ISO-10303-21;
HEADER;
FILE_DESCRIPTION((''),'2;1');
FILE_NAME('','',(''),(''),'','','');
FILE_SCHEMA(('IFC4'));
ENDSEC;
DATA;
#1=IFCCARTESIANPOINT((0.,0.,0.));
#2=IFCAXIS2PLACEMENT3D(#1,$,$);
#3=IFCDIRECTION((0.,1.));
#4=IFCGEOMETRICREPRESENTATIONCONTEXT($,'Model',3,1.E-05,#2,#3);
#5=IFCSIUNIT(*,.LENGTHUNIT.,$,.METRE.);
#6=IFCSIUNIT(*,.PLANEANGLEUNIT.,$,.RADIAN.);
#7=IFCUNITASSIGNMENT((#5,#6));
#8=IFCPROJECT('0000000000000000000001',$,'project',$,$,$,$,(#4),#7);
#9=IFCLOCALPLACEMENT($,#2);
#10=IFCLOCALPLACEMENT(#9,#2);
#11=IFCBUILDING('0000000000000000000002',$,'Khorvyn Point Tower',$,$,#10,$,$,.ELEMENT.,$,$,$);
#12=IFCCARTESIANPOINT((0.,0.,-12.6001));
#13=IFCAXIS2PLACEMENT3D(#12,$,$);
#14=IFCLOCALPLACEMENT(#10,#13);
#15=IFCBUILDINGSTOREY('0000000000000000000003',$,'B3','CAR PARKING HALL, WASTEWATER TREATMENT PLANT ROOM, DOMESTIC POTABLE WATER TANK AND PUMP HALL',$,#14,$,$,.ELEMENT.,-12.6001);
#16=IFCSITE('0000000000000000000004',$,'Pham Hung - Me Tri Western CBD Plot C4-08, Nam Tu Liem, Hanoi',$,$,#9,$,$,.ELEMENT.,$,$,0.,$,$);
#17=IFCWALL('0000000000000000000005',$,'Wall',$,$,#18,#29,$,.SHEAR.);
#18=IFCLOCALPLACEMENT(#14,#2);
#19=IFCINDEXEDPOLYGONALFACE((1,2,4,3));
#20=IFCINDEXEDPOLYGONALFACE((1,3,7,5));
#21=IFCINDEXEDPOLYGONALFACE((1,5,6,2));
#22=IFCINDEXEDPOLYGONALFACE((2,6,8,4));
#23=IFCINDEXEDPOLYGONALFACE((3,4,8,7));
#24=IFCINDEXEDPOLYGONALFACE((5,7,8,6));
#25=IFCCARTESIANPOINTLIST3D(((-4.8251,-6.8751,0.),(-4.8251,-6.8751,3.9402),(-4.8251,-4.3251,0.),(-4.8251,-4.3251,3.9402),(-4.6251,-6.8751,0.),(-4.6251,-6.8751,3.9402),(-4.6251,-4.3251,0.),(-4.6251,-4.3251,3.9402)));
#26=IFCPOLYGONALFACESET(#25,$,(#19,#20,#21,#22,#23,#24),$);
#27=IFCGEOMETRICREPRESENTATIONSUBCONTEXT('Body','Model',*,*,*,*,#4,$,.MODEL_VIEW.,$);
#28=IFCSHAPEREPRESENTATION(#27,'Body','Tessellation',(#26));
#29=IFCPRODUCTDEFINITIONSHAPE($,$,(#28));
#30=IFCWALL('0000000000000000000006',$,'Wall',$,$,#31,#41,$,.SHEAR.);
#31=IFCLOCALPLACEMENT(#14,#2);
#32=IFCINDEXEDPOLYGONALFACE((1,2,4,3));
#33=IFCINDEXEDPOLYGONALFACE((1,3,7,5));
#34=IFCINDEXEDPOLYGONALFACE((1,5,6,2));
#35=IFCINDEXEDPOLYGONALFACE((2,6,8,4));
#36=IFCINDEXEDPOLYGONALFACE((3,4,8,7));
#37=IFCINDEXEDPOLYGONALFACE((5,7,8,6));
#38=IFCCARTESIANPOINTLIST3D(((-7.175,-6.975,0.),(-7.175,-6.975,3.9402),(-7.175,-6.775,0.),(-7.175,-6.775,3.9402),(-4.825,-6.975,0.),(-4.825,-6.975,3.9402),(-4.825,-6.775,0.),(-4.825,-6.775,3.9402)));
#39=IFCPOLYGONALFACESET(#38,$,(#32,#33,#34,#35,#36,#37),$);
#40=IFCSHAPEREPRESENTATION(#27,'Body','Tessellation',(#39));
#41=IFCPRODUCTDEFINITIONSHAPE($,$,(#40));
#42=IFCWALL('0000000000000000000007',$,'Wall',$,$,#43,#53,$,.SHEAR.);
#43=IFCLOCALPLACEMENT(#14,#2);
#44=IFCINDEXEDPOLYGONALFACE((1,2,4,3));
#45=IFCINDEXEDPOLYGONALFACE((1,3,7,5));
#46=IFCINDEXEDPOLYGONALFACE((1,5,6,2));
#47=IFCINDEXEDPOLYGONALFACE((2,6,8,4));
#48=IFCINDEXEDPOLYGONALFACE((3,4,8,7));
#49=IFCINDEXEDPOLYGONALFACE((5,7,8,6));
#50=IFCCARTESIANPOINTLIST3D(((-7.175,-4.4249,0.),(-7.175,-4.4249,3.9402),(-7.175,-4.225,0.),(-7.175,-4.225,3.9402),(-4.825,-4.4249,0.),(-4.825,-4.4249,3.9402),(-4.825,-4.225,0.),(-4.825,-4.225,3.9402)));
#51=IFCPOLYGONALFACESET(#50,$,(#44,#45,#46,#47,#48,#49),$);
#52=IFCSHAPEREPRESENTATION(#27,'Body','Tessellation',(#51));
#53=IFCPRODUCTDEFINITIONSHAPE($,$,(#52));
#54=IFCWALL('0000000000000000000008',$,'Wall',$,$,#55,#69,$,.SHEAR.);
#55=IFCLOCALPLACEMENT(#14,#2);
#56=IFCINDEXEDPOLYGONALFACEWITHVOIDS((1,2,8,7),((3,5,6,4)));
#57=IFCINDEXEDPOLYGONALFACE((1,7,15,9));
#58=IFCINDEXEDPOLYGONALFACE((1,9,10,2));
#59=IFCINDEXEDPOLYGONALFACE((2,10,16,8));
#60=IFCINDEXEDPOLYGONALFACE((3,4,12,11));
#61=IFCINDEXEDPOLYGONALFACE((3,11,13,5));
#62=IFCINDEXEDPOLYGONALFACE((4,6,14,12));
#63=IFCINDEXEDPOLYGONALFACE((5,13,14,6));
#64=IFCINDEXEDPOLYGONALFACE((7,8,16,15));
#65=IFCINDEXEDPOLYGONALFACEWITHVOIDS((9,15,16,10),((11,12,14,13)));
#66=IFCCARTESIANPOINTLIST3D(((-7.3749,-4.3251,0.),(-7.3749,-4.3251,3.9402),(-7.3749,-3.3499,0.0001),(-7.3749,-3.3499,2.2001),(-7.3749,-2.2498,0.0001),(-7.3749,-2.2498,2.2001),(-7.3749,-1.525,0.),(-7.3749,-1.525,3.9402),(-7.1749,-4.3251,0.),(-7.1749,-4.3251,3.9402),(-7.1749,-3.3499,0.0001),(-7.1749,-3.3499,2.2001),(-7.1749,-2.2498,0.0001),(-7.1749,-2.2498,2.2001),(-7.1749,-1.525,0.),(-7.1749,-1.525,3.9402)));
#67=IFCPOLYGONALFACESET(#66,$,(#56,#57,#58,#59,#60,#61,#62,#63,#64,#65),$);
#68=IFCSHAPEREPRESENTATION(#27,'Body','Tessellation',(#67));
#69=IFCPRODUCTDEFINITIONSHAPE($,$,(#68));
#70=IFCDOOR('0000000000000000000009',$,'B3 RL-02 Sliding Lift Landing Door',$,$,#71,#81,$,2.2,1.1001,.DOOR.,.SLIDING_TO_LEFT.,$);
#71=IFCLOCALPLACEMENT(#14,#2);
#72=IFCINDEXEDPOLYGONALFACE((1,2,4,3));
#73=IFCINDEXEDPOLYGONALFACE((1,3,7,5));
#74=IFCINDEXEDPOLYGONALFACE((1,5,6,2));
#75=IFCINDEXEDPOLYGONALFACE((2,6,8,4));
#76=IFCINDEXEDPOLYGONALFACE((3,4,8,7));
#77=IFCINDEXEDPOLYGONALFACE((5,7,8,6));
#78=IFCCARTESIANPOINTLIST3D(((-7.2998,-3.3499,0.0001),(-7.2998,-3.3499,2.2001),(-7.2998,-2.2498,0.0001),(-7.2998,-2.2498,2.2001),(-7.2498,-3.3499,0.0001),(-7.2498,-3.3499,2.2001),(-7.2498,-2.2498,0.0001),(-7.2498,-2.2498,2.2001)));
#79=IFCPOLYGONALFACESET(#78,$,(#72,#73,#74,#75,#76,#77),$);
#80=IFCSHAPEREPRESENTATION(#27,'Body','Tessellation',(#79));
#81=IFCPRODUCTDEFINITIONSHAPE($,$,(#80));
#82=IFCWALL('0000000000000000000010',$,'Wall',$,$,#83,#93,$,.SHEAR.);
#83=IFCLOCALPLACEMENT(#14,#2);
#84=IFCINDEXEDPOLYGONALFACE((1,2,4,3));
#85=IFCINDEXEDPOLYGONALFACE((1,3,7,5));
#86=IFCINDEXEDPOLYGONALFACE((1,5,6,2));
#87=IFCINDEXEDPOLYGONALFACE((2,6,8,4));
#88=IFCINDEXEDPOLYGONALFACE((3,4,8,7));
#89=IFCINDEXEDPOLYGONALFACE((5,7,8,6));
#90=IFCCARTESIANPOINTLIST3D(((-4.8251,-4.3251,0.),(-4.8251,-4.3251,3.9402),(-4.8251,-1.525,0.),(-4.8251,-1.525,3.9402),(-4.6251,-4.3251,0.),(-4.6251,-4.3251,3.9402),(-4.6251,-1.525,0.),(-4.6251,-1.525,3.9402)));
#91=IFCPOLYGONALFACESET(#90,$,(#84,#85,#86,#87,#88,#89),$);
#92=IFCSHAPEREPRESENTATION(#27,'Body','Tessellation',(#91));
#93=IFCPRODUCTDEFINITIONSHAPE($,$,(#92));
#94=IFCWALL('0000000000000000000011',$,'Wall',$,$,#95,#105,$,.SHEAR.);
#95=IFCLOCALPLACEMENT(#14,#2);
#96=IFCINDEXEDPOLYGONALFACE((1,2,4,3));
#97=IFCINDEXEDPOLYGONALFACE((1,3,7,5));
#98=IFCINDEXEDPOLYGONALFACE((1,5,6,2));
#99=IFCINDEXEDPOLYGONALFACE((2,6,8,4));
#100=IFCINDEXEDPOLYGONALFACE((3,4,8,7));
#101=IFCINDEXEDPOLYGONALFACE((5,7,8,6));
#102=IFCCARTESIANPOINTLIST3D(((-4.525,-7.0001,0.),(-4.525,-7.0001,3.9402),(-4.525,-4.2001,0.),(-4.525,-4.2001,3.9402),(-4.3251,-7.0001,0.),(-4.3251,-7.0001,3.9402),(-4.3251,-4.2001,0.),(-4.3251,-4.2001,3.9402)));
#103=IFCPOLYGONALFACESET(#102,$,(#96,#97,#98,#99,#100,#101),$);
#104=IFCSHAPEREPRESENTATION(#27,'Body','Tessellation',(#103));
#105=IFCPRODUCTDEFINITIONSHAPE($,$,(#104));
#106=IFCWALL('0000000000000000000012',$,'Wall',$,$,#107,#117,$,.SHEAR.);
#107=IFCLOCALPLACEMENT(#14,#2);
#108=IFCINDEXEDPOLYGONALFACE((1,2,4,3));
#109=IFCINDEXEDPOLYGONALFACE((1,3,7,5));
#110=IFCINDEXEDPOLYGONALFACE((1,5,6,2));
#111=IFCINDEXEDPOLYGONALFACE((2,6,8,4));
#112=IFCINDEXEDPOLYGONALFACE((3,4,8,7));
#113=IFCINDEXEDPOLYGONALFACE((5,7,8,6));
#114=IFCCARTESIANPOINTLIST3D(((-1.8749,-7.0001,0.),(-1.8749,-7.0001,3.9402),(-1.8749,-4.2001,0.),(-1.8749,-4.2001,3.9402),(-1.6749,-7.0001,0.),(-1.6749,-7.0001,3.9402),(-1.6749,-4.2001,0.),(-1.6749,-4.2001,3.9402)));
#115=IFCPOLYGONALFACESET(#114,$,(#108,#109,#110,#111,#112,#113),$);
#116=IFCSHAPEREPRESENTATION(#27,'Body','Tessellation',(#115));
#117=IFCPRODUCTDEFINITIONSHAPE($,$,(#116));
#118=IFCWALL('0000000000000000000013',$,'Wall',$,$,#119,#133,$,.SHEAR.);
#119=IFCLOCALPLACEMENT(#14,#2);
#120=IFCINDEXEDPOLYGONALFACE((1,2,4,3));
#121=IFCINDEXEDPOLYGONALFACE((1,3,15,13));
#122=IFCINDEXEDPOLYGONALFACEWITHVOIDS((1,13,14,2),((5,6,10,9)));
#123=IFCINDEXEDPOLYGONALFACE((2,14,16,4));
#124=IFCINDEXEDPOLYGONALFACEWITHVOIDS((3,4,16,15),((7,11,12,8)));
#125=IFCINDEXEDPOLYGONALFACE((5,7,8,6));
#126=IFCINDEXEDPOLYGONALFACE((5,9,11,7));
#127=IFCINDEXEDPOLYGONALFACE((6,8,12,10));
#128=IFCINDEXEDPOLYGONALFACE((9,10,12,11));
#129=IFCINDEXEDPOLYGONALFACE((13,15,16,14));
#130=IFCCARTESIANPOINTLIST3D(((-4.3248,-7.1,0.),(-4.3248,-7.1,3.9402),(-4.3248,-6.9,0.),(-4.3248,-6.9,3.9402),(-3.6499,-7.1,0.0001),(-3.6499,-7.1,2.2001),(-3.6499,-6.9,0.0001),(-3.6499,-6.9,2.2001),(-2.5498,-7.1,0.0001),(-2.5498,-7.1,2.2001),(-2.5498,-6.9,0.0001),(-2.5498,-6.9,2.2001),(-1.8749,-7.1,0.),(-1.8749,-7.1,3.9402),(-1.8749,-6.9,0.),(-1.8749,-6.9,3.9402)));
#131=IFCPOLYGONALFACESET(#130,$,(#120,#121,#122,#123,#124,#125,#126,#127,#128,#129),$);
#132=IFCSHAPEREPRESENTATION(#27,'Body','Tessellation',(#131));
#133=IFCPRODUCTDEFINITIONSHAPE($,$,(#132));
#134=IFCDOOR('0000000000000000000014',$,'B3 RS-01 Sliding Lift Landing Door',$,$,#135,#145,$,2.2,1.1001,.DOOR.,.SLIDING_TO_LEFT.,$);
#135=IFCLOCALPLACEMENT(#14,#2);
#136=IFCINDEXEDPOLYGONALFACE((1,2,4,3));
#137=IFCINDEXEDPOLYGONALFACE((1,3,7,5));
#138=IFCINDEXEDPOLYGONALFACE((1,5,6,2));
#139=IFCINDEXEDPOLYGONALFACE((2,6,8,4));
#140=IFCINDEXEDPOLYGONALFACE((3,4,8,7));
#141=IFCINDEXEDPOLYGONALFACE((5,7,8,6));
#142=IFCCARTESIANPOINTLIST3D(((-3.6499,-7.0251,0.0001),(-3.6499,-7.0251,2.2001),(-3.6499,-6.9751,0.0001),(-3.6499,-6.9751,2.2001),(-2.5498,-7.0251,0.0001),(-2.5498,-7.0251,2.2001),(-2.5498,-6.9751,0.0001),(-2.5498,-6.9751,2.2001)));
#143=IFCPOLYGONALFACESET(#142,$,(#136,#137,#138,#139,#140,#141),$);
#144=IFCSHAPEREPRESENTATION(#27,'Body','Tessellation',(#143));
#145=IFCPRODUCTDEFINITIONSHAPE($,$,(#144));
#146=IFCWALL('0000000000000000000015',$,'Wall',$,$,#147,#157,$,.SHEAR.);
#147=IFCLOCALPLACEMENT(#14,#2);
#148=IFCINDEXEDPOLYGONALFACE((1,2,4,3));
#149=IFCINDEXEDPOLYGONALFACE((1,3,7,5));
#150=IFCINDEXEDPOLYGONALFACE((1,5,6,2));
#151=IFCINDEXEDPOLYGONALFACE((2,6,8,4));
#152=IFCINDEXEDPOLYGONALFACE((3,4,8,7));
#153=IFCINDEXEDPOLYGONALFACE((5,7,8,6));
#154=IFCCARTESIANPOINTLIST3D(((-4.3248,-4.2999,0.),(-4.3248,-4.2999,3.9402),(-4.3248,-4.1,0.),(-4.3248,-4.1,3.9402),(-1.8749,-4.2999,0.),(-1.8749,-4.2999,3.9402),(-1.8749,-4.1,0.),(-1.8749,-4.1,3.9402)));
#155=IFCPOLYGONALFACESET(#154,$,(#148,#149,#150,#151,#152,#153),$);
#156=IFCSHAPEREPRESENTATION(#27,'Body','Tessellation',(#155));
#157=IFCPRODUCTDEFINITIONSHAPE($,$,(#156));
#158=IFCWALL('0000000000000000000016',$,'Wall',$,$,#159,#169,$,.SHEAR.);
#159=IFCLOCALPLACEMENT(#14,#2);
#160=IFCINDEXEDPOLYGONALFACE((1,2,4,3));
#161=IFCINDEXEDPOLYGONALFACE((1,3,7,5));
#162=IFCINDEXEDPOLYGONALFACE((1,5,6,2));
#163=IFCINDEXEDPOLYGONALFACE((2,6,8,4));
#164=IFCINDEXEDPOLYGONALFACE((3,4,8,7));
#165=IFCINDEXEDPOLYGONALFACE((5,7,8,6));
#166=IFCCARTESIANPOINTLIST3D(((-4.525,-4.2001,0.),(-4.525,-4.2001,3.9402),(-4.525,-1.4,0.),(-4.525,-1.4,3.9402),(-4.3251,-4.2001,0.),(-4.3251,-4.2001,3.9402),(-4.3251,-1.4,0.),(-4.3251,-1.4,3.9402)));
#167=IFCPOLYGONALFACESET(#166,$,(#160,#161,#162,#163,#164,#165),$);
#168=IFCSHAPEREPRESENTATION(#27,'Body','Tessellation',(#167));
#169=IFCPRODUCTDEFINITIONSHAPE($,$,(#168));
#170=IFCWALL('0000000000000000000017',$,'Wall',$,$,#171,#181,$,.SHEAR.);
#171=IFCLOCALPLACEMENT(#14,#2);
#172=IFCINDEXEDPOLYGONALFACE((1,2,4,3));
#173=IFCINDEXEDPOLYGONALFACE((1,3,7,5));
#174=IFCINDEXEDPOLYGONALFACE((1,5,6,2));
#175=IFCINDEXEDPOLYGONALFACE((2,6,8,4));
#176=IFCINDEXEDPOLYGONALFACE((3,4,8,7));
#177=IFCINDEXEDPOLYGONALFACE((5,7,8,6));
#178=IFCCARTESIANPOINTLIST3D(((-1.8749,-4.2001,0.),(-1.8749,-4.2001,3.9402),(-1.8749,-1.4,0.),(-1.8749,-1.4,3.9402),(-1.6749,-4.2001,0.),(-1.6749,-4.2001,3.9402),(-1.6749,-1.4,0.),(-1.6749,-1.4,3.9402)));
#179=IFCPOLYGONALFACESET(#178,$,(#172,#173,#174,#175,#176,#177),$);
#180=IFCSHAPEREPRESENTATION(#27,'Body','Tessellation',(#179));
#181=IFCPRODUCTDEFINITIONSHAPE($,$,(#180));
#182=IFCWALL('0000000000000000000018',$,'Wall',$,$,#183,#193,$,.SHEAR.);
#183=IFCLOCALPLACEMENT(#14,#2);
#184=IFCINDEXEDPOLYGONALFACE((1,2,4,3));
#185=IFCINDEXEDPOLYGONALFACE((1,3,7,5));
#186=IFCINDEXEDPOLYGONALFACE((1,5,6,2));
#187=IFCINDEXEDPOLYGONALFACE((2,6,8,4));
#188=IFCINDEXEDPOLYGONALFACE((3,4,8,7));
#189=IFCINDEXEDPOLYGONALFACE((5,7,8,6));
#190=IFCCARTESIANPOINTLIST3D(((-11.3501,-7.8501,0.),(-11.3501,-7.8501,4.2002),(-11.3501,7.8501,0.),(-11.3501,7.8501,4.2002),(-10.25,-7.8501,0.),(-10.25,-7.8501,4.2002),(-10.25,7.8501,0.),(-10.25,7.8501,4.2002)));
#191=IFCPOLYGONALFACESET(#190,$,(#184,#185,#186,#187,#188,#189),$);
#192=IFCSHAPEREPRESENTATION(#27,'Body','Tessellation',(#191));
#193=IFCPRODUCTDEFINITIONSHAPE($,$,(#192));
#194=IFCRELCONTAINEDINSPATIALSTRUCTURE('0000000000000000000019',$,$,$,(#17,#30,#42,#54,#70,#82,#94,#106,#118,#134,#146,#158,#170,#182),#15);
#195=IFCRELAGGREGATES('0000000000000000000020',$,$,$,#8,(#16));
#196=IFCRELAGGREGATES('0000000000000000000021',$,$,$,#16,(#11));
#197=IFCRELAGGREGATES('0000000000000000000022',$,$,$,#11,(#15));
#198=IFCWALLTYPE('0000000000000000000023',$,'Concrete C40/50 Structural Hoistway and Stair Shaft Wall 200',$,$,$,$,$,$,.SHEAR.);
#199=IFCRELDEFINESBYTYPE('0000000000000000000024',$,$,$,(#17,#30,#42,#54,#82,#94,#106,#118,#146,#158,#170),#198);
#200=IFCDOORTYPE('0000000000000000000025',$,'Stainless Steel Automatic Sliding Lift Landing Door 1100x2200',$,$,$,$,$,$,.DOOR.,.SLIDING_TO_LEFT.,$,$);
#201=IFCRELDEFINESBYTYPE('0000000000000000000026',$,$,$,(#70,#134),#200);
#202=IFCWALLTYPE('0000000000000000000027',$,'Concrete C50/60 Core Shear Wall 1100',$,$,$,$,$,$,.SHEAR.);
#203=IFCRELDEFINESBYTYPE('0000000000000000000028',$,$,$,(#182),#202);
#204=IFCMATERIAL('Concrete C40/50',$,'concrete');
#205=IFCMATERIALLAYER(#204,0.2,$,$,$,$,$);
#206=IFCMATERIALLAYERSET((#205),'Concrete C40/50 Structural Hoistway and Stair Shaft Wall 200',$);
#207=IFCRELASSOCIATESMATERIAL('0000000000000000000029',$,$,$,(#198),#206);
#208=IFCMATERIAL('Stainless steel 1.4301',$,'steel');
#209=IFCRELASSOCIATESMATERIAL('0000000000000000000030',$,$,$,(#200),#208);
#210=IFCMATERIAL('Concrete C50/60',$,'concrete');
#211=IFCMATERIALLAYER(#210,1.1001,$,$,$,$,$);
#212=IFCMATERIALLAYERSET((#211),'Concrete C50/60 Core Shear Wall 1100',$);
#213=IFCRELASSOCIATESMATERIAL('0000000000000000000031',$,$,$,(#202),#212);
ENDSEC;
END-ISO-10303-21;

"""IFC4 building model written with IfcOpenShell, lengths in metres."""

from ifc_helpers import new_model, si_unit, direction, frame, frame_2d, origin, place, context, subcontext, project, spatial, rectangle, extrude, material, layer, layer_set, type_object, element, fill, save


model = new_model("IFC4")

# Units and contexts
model_context = context("Model", 3, precision=1e-05, world=origin(), true_north=direction((0.0, 1.0)))
body_context = subcontext(model_context, "Body", "Model", "MODEL_VIEW")
ifc_project = project(units=[si_unit("LENGTHUNIT", "METRE"), si_unit("PLANEANGLEUNIT", "RADIAN")], contexts=[model_context])

# Site, building, storey
site_placement = place(None, origin())
site = spatial("IfcSite", under=ifc_project, at=site_placement, Name="Pham Hung - Me Tri Western CBD Plot C4-08, Nam Tu Liem, Hanoi", CompositionType="ELEMENT", RefElevation=0.0)
building_placement = place(site_placement, origin())
building = spatial("IfcBuilding", under=site, at=building_placement, Name="Khorvyn Point Tower", CompositionType="ELEMENT")
storey_placement = place(building_placement, frame((0.0, 0.0, -12.6001)))
storey = spatial("IfcBuildingStorey", under=building, at=storey_placement, Name="B3", Description="CAR PARKING HALL, WASTEWATER TREATMENT PLANT ROOM, DOMESTIC POTABLE WATER TANK AND PUMP HALL", CompositionType="ELEMENT", Elevation=-12.6001)

# Shared definitions
ifc_material_1 = material(Name="Concrete C40/50", Category="concrete")

# Shared definitions
ifc_layer_1 = layer(ifc_material_1, 0.2)
ifc_layer_set_1 = layer_set([ifc_layer_1], Name="Concrete C40/50 Structural Hoistway and Stair Shaft Wall 200")
wall_type_1 = type_object("IfcWallType", Name="Concrete C40/50 Structural Hoistway and Stair Shaft Wall 200", PredefinedType="SHEAR", material=ifc_layer_set_1)
ifc_material_2 = material(Name="Stainless steel 1.4301", Category="steel")
door_type = type_object("IfcDoorType", Name="Stainless Steel Automatic Sliding Lift Landing Door 1100x2200", OperationType="SLIDING_TO_LEFT", PredefinedType="DOOR", material=ifc_material_2)

# Walls
wall_1_placement = place(storey_placement, frame((-4.7251, -6.875, 0.0), z_axis=(0.0, 0.0, 1.0), x_axis=(0.0, 1.0, 0.0)))
element("IfcWall", 1, at=wall_1_placement, inside=storey, type_object=wall_type_1, Name="Wall", PredefinedType="SHEAR", context=body_context, shape_type="SweptSolid", body=[
    extrude(rectangle(XDim=2.55, YDim=0.2, at=frame_2d((1.2749, 0.0))), origin(), (0.0, 0.0, 1.0), 3.9402),
])
for number, where, z_axis, x_axis, name in (
    (2, (-7.175, -6.875, 0.0), (0.0, 0.0, 1.0), (1.0, 0.0, 0.0), "Wall"),
    (3, (-7.175, -4.325, 0.0), (0.0, 0.0, 1.0), (1.0, 0.0, 0.0), "Wall"),
):
    element("IfcWall", number, at=place(storey_placement, frame(where, z_axis=z_axis, x_axis=x_axis)), inside=storey, type_object=wall_type_1, Name=name, PredefinedType="SHEAR", context=body_context, shape_type="SweptSolid", body=[
        extrude(rectangle(XDim=2.3501, YDim=0.2, at=frame_2d((1.175, 0.0))), origin(), (0.0, 0.0, 1.0), 3.9402),
    ])

# Wall, opening, door
wall_2_placement = place(storey_placement, frame((-7.2749, -4.325, 0.0), z_axis=(0.0, 0.0, 1.0), x_axis=(0.0, 1.0, 0.0)))
wall_2 = element("IfcWall", 4, at=wall_2_placement, inside=storey, type_object=wall_type_1, Name="Wall", PredefinedType="SHEAR", context=body_context, shape_type="SweptSolid", body=[
    extrude(rectangle(XDim=2.8, YDim=0.2, at=frame_2d((1.3999, 0.0))), origin(), (0.0, 0.0, 1.0), 3.9402),
])
opening_1_placement = place(wall_2_placement, frame((0.9751, 0.0, 0.0)))
opening_1 = element("IfcOpeningElement", 5, at=opening_1_placement, cuts=wall_2, PredefinedType="OPENING", context=body_context, shape_type="SweptSolid", body=[
    extrude(rectangle(XDim=1.1001, YDim=2.2, at=frame_2d((0.55, 1.1001))), frame((0.0, 0.1099, 0.0), z_axis=(0.0, -1.0, 0.0), x_axis=(1.0, 0.0, 0.0)), (0.0, 0.0, 1.0), 0.22),
])
door_1_placement = place(opening_1_placement, origin())
door_1 = element("IfcDoor", 6, at=door_1_placement, inside=storey, type_object=door_type, Name="B3 RL-02 Sliding Lift Landing Door", OperationType="SLIDING_TO_LEFT", OverallHeight=2.2, OverallWidth=1.1001, PredefinedType="DOOR", context=body_context, shape_type="SweptSolid", body=[
    extrude(rectangle(XDim=1.1001, YDim=2.2, at=frame_2d((0.55, 1.1001))), frame((0.0, 0.0249, 0.0), z_axis=(0.0, -1.0, 0.0), x_axis=(1.0, 0.0, 0.0)), (0.0, 0.0, 1.0), 0.05),
])
fill(opening_1, door_1)

# Walls
for number, where, z_axis, x_axis, name in (
    (7, (-4.7251, -4.325, 0.0), (0.0, 0.0, 1.0), (0.0, 1.0, 0.0), "Wall"),
    (8, (-4.425, -7.0, 0.0), (0.0, 0.0, 1.0), (0.0, 1.0, 0.0), "Wall"),
    (9, (-1.7749, -7.0, 0.0), (0.0, 0.0, 1.0), (0.0, 1.0, 0.0), "Wall"),
):
    element("IfcWall", number, at=place(storey_placement, frame(where, z_axis=z_axis, x_axis=x_axis)), inside=storey, type_object=wall_type_1, Name=name, PredefinedType="SHEAR", context=body_context, shape_type="SweptSolid", body=[
        extrude(rectangle(XDim=2.8, YDim=0.2, at=frame_2d((1.3999, 0.0))), origin(), (0.0, 0.0, 1.0), 3.9402),
    ])

# Wall, opening, door
wall_3_placement = place(storey_placement, frame((-4.325, -7.0, 0.0), z_axis=(0.0, 0.0, 1.0), x_axis=(1.0, 0.0, 0.0)))
wall_3 = element("IfcWall", 10, at=wall_3_placement, inside=storey, type_object=wall_type_1, Name="Wall", PredefinedType="SHEAR", context=body_context, shape_type="SweptSolid", body=[
    extrude(rectangle(XDim=2.45, YDim=0.2, at=frame_2d((1.2251, 0.0))), origin(), (0.0, 0.0, 1.0), 3.9402),
])
opening_2_placement = place(wall_3_placement, frame((0.675, 0.0, 0.0)))
opening_2 = element("IfcOpeningElement", 11, at=opening_2_placement, cuts=wall_3, PredefinedType="OPENING", context=body_context, shape_type="SweptSolid", body=[
    extrude(rectangle(XDim=1.1001, YDim=2.2, at=frame_2d((0.55, 1.1001))), frame((0.0, 0.1099, 0.0), z_axis=(0.0, -1.0, 0.0), x_axis=(1.0, 0.0, 0.0)), (0.0, 0.0, 1.0), 0.22),
])
door_2_placement = place(opening_2_placement, origin())
door_2 = element("IfcDoor", 12, at=door_2_placement, inside=storey, type_object=door_type, Name="B3 RS-01 Sliding Lift Landing Door", OperationType="SLIDING_TO_LEFT", OverallHeight=2.2, OverallWidth=1.1001, PredefinedType="DOOR", context=body_context, shape_type="SweptSolid", body=[
    extrude(rectangle(XDim=1.1001, YDim=2.2, at=frame_2d((0.55, 1.1001))), frame((0.0, 0.0249, 0.0), z_axis=(0.0, -1.0, 0.0), x_axis=(1.0, 0.0, 0.0)), (0.0, 0.0, 1.0), 0.05),
])
fill(opening_2, door_2)

# Walls
wall_4_placement = place(storey_placement, frame((-4.325, -4.2, 0.0), z_axis=(0.0, 0.0, 1.0), x_axis=(1.0, 0.0, 0.0)))
element("IfcWall", 13, at=wall_4_placement, inside=storey, type_object=wall_type_1, Name="Wall", PredefinedType="SHEAR", context=body_context, shape_type="SweptSolid", body=[
    extrude(rectangle(XDim=2.45, YDim=0.2, at=frame_2d((1.2251, 0.0))), origin(), (0.0, 0.0, 1.0), 3.9402),
])
for number, where, z_axis, x_axis, name in (
    (14, (-4.425, -4.2, 0.0), (0.0, 0.0, 1.0), (0.0, 1.0, 0.0), "Wall"),
    (15, (-1.7749, -4.2, 0.0), (0.0, 0.0, 1.0), (0.0, 1.0, 0.0), "Wall"),
):
    element("IfcWall", number, at=place(storey_placement, frame(where, z_axis=z_axis, x_axis=x_axis)), inside=storey, type_object=wall_type_1, Name=name, PredefinedType="SHEAR", context=body_context, shape_type="SweptSolid", body=[
        extrude(rectangle(XDim=2.8, YDim=0.2, at=frame_2d((1.3999, 0.0))), origin(), (0.0, 0.0, 1.0), 3.9402),
    ])
ifc_material_3 = material(Name="Concrete C50/60", Category="concrete")
ifc_layer_2 = layer(ifc_material_3, 1.1001)
ifc_layer_set_2 = layer_set([ifc_layer_2], Name="Concrete C50/60 Core Shear Wall 1100")
wall_type_2 = type_object("IfcWallType", Name="Concrete C50/60 Core Shear Wall 1100", PredefinedType="SHEAR", material=ifc_layer_set_2)
wall_5_placement = place(storey_placement, frame((-10.8, -7.8501, 0.0), z_axis=(0.0, 0.0, 1.0), x_axis=(0.0, 1.0, 0.0)))
element("IfcWall", 16, at=wall_5_placement, inside=storey, type_object=wall_type_2, Name="Wall", PredefinedType="SHEAR", context=body_context, shape_type="SweptSolid", body=[
    extrude(rectangle(XDim=15.7002, YDim=1.1001, at=frame_2d((7.8501, 0.0))), origin(), (0.0, 0.0, 1.0), 4.2002),
])

save(model, "model.ifc")
